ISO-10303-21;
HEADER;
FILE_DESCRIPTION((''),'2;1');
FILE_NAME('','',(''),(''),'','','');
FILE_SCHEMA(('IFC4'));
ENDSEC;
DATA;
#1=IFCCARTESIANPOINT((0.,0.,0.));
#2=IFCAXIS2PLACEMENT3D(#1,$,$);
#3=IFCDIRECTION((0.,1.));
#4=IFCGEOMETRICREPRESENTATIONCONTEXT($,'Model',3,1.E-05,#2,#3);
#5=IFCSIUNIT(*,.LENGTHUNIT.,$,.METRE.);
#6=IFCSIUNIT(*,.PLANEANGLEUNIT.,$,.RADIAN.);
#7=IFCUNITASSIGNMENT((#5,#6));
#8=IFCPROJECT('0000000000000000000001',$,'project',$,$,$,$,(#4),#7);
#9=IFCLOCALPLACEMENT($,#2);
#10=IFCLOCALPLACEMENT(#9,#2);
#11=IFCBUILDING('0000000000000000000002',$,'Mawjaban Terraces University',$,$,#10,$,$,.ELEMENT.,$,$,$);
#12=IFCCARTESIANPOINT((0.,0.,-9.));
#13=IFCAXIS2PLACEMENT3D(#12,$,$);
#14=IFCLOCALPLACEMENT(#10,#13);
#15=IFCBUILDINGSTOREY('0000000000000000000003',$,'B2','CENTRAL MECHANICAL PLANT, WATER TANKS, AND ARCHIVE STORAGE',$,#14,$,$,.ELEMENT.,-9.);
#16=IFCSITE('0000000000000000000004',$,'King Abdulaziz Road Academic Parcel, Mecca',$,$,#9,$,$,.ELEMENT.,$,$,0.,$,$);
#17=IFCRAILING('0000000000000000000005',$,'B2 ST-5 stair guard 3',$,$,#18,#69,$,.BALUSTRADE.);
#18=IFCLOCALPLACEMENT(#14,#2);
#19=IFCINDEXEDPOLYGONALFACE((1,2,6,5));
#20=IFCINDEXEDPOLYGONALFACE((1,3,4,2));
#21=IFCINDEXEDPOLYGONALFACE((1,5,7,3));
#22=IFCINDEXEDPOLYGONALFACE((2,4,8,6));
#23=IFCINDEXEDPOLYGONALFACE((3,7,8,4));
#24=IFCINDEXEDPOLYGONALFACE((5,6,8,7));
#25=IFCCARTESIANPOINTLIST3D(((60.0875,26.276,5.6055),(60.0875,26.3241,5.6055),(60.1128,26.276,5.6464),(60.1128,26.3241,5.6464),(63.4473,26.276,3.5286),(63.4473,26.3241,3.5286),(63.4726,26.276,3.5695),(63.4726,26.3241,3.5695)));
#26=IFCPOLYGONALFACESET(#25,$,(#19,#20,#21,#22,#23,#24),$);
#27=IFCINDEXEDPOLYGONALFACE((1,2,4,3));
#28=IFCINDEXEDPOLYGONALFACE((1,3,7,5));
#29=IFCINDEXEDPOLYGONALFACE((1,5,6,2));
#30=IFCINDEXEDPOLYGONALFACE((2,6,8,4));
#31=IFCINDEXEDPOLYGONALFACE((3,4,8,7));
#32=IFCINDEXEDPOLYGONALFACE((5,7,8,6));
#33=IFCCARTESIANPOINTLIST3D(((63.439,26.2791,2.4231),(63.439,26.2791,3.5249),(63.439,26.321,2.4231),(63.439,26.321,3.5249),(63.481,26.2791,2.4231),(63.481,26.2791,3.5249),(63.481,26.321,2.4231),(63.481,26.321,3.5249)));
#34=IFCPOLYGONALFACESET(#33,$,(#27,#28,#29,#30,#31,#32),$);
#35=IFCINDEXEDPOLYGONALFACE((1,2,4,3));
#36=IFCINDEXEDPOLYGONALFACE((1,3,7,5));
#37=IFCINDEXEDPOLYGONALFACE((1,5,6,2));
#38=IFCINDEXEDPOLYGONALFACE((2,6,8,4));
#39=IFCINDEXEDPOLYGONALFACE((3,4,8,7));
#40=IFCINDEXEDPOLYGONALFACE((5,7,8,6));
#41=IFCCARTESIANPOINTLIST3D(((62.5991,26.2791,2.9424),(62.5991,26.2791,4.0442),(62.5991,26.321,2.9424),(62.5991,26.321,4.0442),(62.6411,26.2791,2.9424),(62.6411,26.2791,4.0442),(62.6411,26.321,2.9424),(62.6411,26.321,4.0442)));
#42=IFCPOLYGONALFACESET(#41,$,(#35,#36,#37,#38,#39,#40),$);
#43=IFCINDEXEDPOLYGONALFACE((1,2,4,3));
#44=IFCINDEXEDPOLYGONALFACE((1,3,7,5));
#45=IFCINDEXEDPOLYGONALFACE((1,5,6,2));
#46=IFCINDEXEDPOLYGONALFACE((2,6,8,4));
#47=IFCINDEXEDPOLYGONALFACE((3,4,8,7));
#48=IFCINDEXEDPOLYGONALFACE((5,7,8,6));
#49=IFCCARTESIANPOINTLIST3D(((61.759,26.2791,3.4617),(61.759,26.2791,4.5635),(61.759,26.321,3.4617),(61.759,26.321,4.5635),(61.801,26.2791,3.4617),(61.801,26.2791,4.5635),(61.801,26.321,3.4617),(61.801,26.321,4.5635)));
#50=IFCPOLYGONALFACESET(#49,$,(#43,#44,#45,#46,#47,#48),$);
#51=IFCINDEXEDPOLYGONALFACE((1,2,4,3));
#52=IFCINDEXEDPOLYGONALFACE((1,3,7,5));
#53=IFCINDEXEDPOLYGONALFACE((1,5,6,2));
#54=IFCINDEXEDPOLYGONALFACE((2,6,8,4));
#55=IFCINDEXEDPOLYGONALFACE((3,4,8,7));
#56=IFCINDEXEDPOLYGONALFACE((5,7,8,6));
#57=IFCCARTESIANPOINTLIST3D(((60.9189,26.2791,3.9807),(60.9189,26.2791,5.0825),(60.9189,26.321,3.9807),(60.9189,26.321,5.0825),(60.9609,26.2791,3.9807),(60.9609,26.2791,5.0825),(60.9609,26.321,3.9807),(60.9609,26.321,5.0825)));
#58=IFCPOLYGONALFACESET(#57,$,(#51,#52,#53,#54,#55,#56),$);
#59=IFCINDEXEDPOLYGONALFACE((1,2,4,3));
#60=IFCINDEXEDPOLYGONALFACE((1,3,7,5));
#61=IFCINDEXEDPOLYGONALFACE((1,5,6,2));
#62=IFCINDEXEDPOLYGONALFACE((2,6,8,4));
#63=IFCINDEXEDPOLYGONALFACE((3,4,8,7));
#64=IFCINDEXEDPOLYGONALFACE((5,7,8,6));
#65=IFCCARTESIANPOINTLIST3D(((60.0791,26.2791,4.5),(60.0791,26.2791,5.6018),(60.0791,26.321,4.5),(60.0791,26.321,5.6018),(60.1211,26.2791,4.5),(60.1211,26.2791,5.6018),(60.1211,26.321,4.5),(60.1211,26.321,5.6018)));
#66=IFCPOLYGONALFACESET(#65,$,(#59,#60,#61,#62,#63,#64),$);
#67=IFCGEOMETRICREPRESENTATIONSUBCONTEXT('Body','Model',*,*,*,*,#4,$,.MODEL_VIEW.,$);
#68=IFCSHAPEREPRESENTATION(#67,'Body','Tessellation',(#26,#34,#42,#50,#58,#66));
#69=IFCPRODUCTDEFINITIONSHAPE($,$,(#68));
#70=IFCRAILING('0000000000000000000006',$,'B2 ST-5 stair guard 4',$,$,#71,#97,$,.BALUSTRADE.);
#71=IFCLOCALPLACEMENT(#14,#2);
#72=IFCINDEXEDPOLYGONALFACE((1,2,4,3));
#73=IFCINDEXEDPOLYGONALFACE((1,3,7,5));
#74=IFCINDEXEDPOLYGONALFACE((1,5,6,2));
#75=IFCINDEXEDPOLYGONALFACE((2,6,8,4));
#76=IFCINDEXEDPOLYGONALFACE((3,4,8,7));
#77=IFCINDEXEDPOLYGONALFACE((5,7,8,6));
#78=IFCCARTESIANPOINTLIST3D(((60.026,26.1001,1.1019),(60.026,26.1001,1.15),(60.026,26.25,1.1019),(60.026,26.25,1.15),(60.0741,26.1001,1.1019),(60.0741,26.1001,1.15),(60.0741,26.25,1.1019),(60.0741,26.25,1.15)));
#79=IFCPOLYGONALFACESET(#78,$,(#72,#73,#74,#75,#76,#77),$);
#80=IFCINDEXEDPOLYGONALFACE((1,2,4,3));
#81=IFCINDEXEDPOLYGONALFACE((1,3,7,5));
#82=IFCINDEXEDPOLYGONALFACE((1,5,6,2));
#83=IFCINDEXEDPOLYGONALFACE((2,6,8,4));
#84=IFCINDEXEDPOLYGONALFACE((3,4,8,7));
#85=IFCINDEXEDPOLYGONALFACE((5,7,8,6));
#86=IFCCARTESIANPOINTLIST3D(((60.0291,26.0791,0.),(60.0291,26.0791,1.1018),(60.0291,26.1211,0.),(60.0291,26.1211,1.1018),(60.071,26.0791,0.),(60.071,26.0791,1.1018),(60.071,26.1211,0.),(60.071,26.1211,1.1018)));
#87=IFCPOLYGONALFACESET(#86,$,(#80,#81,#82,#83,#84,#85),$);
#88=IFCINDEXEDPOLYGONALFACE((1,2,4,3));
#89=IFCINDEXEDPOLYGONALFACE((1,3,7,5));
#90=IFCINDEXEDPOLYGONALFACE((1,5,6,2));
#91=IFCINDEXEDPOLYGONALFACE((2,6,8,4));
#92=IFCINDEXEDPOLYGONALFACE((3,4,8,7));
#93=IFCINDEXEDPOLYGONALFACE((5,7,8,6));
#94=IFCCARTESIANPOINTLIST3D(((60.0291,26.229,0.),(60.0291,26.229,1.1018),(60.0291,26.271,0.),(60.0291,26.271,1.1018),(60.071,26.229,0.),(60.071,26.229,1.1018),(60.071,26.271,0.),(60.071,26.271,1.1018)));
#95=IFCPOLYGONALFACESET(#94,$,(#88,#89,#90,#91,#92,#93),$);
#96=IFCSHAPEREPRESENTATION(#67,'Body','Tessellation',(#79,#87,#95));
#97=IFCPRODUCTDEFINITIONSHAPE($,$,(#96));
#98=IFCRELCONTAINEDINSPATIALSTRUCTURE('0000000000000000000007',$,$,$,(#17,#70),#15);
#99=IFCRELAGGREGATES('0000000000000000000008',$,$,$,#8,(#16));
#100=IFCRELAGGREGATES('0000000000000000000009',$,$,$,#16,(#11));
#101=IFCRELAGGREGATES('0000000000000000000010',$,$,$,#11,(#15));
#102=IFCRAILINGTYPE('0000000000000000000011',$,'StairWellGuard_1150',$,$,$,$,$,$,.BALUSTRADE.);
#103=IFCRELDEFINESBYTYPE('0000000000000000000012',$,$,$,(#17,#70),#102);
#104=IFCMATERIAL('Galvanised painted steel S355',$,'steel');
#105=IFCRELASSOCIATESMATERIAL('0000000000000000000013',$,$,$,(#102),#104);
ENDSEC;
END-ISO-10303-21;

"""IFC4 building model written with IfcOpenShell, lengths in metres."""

from ifc_helpers import new_model, si_unit, direction, frame, origin, origin_2d, place, context, subcontext, project, spatial, rectangle, extrude, material, type_object, element, save


model = new_model("IFC4")

# Units and contexts
model_context = context("Model", 3, precision=1e-05, world=origin(), true_north=direction((0.0, 1.0)))
body_context = subcontext(model_context, "Body", "Model", "MODEL_VIEW")
ifc_project = project(units=[si_unit("LENGTHUNIT", "METRE"), si_unit("PLANEANGLEUNIT", "RADIAN")], contexts=[model_context])

# Site, building, storey
site_placement = place(None, origin())
site = spatial("IfcSite", under=ifc_project, at=site_placement, Name="King Abdulaziz Road Academic Parcel, Mecca", CompositionType="ELEMENT", RefElevation=0.0)
building_placement = place(site_placement, origin())
building = spatial("IfcBuilding", under=site, at=building_placement, Name="Mawjaban Terraces University", CompositionType="ELEMENT")
storey_placement = place(building_placement, frame((0.0, 0.0, -9.0)))
storey = spatial("IfcBuildingStorey", under=building, at=storey_placement, Name="B2", Description="CENTRAL MECHANICAL PLANT, WATER TANKS, AND ARCHIVE STORAGE", CompositionType="ELEMENT", Elevation=-9.0)

# Railings
ifc_material_1 = material(Name="Galvanised painted steel S355", Category="steel")
railing_type_1 = type_object("IfcRailingType", Name="StairWellGuard_1150", PredefinedType="BALUSTRADE", material=ifc_material_1)
railing_1_placement = place(storey_placement, frame((63.46, 26.3, 2.4231)))
element("IfcRailing", 1, at=railing_1_placement, inside=storey, type_object=railing_type_1, Name="B2 ST-5 stair guard 3", PredefinedType="BALUSTRADE", context=body_context, shape_type="SweptSolid", body=[
    extrude(rectangle(XDim=0.0481, YDim=0.0481, at=origin_2d()), frame((0.0, 0.0, 1.126), z_axis=(-0.850606, 0.0, 0.525803), x_axis=(0.0, -1.0, 0.0)), (0.0, 0.0, 1.0), 3.95),
    extrude(rectangle(XDim=0.042, YDim=0.042, at=origin_2d()), origin(), (0.0, 0.0, 1.0), 1.1018),
    extrude(rectangle(XDim=0.042, YDim=0.042, at=origin_2d()), frame((-0.8398, 0.0, 0.5193)), (0.0, 0.0, 1.0), 1.1018),
    extrude(rectangle(XDim=0.042, YDim=0.042, at=origin_2d()), frame((-1.6799, 0.0, 1.0386)), (0.0, 0.0, 1.0), 1.1018),
    extrude(rectangle(XDim=0.042, YDim=0.042, at=origin_2d()), frame((-2.52, 0.0, 1.5576)), (0.0, 0.0, 1.0), 1.1018),
    extrude(rectangle(XDim=0.042, YDim=0.042, at=origin_2d()), frame((-3.3599, 0.0, 2.0769)), (0.0, 0.0, 1.0), 1.1018),
])
railing_2_placement = place(storey_placement, frame((60.05, 26.1001, 0.0)))
element("IfcRailing", 2, at=railing_2_placement, inside=storey, type_object=railing_type_1, Name="B2 ST-5 stair guard 4", PredefinedType="BALUSTRADE", context=body_context, shape_type="SweptSolid", body=[
    extrude(rectangle(XDim=0.0481, YDim=0.0481, at=origin_2d()), frame((0.0, 0.0, 1.126), z_axis=(0.0, 1.0, 0.0), x_axis=(-1.0, 0.0, 0.0)), (0.0, 0.0, 1.0), 0.1499),
    extrude(rectangle(XDim=0.042, YDim=0.042, at=origin_2d()), origin(), (0.0, 0.0, 1.0), 1.1018),
    extrude(rectangle(XDim=0.042, YDim=0.042, at=origin_2d()), frame((0.0, 0.1499, 0.0)), (0.0, 0.0, 1.0), 1.1018),
])

save(model, "model.ifc")
